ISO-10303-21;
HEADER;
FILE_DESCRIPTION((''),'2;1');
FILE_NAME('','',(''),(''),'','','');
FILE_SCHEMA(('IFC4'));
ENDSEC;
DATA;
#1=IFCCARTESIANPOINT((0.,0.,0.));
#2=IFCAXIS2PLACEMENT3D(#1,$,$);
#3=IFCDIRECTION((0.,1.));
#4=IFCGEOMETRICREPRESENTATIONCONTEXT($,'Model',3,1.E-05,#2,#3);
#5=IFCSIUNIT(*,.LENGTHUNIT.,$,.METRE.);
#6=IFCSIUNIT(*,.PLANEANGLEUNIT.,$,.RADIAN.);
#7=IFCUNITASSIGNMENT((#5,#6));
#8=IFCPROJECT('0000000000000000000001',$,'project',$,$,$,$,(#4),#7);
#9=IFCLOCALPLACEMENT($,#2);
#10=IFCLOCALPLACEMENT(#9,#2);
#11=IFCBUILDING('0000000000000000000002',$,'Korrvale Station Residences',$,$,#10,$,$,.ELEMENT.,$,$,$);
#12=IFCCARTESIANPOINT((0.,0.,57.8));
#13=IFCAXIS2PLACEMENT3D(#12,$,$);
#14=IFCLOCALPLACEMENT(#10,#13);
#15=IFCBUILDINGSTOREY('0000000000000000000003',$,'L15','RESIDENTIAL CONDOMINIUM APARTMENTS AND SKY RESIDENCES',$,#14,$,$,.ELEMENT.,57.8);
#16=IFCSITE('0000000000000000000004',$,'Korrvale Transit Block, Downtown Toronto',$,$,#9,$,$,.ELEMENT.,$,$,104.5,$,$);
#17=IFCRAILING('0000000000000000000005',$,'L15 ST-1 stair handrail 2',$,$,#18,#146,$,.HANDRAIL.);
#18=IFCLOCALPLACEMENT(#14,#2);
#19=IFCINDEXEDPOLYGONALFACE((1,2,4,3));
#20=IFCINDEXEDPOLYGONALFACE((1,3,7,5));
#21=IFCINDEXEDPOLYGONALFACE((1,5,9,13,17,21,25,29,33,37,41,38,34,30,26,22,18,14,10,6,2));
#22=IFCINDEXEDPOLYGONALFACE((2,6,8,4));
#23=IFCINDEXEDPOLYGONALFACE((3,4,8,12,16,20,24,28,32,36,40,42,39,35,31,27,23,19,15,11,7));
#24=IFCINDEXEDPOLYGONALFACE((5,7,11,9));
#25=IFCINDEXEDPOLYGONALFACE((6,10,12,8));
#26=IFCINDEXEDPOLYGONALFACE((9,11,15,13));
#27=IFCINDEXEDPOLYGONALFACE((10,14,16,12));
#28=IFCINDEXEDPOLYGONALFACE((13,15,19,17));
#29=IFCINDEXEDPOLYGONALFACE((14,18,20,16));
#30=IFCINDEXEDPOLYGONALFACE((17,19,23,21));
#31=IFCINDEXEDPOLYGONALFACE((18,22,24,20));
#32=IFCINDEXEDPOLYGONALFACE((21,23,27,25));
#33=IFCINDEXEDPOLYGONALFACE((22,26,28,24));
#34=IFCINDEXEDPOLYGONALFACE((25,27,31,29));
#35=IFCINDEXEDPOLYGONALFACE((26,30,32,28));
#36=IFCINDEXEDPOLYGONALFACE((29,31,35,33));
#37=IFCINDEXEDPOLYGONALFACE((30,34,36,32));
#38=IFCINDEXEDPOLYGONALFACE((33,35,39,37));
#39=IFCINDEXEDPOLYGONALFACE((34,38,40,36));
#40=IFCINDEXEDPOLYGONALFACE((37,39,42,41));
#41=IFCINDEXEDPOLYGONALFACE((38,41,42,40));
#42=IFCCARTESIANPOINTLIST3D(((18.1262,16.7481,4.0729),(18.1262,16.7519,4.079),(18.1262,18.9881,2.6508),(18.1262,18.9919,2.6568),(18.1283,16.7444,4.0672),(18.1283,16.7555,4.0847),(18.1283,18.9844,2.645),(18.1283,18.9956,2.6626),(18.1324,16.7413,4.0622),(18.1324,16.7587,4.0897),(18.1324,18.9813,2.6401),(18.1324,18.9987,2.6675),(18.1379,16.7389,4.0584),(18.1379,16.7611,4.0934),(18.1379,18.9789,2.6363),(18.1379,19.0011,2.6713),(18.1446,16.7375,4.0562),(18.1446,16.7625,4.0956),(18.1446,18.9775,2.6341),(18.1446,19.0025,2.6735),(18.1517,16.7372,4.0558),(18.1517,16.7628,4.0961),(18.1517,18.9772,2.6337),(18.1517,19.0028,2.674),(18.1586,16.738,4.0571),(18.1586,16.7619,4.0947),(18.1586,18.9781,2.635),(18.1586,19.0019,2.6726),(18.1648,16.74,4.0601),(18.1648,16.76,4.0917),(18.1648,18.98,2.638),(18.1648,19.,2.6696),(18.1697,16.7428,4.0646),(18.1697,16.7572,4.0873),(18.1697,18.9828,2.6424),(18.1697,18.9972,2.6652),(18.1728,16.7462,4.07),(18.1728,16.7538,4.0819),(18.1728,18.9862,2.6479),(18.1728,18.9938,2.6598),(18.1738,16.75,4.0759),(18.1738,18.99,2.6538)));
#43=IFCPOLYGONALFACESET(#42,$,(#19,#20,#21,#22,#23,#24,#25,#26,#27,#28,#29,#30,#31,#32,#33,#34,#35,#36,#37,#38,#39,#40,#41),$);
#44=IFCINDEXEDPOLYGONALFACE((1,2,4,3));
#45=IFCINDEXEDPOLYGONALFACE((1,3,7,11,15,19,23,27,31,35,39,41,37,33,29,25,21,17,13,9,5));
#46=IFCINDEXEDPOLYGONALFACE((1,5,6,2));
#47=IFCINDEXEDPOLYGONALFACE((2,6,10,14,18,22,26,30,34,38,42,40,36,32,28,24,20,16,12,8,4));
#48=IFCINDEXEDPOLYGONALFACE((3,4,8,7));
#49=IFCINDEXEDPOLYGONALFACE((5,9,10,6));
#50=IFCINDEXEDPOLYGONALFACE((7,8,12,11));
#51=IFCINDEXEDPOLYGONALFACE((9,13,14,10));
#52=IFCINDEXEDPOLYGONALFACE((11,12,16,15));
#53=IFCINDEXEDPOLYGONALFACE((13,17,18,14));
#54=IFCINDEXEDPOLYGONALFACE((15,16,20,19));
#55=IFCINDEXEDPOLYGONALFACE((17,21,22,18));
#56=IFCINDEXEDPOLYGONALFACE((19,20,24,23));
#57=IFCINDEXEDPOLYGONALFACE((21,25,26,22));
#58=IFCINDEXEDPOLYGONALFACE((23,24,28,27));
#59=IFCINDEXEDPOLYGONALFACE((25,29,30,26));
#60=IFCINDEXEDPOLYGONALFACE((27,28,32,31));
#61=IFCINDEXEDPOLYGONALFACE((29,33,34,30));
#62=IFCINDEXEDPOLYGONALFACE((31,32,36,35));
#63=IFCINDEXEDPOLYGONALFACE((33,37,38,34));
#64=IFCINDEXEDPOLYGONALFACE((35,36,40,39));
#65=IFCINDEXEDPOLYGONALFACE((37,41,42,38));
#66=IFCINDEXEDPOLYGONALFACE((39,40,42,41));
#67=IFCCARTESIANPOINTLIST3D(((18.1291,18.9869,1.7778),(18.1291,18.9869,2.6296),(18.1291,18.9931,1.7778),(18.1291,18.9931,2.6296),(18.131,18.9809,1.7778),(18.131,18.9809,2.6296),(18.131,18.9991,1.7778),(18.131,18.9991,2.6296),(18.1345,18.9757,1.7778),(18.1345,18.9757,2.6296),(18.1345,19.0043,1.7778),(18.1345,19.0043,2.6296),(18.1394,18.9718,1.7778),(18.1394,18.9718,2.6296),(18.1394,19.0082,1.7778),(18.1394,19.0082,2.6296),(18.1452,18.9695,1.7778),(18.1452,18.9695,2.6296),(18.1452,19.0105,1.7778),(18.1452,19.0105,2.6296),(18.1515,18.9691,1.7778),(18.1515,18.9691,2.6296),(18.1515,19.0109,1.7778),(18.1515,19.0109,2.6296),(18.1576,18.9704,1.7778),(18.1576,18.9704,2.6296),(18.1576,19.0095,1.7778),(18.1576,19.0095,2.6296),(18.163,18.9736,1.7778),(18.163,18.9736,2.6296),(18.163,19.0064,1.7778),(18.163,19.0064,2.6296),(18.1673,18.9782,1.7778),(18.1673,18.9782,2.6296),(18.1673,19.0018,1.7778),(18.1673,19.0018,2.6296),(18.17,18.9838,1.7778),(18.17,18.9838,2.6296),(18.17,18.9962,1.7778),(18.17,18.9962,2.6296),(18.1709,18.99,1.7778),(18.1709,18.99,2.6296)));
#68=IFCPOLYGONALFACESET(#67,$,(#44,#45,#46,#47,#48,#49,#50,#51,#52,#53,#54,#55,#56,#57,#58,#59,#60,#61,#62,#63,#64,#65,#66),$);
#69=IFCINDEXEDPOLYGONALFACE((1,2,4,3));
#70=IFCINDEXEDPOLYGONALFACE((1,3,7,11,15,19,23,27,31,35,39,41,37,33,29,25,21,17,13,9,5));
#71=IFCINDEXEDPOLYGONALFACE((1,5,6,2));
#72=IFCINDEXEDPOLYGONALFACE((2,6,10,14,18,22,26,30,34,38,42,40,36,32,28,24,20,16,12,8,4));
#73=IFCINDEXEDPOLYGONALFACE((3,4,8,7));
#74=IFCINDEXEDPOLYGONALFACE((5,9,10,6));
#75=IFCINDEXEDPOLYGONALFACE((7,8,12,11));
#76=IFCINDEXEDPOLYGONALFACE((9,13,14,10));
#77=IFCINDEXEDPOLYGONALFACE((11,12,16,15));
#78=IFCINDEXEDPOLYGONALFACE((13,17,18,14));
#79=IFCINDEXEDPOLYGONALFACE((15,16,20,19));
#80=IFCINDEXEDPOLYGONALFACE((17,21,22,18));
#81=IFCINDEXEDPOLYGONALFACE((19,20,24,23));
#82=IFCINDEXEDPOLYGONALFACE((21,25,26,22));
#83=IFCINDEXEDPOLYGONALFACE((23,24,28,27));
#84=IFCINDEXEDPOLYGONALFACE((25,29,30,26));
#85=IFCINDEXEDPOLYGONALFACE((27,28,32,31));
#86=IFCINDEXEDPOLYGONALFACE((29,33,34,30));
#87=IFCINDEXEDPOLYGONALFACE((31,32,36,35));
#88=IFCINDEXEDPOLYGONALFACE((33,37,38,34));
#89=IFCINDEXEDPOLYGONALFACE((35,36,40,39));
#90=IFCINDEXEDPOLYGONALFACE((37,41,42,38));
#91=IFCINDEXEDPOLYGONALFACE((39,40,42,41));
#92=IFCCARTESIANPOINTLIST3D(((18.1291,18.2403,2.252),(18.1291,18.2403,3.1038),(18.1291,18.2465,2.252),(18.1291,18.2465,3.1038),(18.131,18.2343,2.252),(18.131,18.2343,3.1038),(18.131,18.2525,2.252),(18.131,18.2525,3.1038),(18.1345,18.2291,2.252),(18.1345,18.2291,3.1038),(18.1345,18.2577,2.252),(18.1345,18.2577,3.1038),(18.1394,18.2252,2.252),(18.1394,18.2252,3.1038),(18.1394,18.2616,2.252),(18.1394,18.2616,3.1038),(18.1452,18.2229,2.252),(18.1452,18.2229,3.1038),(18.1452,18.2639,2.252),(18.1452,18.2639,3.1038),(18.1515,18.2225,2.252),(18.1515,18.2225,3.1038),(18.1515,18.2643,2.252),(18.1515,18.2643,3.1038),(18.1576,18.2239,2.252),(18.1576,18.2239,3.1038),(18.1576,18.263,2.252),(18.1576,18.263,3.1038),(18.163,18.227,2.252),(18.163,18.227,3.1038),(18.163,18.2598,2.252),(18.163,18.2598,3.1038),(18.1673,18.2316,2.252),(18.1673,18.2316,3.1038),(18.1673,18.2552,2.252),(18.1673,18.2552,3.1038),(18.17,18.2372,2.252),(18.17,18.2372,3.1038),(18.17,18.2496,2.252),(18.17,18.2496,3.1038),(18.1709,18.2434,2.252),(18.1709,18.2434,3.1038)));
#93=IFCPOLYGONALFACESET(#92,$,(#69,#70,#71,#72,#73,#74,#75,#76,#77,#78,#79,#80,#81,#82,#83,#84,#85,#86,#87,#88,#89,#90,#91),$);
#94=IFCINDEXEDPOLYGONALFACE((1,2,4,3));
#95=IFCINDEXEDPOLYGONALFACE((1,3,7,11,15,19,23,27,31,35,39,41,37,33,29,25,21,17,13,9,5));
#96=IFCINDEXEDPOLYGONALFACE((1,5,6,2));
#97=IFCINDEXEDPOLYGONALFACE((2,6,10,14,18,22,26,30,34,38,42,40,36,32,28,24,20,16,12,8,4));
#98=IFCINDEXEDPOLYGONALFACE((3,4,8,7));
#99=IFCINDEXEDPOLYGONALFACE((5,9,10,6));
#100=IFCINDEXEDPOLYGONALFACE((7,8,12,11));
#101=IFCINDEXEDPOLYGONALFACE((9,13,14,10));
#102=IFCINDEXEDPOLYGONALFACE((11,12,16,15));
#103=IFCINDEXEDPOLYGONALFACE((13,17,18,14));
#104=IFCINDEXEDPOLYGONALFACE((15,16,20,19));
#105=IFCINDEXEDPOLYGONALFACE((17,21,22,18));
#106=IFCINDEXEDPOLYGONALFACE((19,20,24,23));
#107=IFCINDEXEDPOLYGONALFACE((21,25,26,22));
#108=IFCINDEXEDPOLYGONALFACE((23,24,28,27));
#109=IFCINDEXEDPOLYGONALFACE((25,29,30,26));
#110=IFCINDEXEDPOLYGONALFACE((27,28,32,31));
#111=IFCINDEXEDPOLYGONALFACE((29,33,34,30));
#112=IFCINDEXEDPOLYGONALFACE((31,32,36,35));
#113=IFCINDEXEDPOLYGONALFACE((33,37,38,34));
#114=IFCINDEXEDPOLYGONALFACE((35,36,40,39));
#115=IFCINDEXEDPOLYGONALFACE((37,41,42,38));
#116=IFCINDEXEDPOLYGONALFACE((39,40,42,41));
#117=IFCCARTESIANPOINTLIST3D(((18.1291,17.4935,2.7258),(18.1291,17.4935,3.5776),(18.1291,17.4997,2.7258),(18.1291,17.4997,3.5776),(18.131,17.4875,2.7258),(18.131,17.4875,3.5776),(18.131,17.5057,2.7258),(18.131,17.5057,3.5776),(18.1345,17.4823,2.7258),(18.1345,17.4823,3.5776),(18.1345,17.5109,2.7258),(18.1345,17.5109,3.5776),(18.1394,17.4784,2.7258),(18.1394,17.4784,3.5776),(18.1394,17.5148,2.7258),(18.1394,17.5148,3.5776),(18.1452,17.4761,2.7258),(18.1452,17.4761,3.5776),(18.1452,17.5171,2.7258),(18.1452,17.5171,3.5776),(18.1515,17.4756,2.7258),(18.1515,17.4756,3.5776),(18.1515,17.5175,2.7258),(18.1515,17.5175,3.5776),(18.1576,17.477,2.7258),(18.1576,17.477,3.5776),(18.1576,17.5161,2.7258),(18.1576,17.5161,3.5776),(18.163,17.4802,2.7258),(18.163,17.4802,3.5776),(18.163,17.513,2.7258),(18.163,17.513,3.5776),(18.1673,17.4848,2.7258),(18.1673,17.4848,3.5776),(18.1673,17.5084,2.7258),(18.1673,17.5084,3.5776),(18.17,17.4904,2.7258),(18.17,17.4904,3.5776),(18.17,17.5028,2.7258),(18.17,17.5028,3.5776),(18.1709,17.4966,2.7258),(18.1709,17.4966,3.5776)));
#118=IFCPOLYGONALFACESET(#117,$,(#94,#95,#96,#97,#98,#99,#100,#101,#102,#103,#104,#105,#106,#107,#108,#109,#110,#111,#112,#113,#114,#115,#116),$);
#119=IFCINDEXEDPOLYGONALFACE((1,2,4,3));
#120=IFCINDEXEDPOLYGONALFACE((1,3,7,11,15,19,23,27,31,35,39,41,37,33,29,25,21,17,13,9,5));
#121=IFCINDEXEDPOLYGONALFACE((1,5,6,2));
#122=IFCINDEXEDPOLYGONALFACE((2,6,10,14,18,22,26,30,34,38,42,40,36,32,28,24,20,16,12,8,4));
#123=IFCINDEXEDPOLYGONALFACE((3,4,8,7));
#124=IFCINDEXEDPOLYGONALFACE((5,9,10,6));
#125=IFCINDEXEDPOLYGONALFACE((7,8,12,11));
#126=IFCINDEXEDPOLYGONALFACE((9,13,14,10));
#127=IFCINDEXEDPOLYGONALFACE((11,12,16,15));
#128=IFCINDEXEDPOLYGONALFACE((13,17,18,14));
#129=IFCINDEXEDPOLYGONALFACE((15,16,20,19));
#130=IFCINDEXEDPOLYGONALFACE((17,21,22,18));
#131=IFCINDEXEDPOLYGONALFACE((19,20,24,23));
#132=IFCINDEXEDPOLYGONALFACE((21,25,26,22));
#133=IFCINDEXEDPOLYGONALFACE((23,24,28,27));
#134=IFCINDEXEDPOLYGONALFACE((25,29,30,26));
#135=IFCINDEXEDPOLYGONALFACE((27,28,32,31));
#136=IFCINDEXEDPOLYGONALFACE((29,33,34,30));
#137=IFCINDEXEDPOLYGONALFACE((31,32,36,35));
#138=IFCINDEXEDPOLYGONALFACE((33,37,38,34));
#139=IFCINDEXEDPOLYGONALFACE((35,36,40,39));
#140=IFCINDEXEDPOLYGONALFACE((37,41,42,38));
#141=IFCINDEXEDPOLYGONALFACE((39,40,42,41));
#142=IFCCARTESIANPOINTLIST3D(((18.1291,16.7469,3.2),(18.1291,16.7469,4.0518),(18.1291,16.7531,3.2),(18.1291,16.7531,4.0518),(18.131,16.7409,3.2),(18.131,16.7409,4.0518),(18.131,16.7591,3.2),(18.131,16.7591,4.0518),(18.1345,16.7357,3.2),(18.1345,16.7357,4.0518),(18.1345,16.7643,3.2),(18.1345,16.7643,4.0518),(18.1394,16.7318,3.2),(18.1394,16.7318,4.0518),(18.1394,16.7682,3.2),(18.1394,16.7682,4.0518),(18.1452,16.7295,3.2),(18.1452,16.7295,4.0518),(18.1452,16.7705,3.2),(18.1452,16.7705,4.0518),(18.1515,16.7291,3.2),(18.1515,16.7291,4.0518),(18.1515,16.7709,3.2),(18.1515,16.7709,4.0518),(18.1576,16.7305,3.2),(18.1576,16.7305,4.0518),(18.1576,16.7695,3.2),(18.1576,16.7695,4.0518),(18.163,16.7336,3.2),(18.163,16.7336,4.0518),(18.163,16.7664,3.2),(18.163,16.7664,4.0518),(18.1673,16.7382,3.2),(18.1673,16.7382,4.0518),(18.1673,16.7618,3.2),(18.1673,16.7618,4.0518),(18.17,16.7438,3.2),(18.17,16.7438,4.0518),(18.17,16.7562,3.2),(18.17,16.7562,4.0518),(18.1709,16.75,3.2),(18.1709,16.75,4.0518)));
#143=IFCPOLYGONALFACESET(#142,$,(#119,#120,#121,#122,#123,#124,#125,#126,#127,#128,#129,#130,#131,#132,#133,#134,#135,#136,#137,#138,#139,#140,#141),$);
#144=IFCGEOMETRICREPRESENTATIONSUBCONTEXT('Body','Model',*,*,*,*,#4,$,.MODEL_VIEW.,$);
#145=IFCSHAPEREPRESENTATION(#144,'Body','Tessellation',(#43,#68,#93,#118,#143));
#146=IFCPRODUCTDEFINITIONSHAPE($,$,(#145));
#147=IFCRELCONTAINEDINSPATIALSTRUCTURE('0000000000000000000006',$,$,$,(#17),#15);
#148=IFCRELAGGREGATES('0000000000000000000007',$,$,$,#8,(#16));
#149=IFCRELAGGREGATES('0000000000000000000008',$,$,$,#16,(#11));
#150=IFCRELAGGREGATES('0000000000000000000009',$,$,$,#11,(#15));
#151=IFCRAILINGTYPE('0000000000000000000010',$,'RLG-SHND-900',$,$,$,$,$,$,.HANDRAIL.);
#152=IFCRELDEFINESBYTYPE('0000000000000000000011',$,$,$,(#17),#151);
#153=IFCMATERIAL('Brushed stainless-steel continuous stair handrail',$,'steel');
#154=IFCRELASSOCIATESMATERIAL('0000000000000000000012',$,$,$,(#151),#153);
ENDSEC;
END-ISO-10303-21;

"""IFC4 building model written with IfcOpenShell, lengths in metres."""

from ifc_helpers import new_model, si_unit, direction, frame, origin, origin_2d, place, context, subcontext, project, spatial, circle, extrude, material, type_object, element, save


model = new_model("IFC4")

# Units and contexts
model_context = context("Model", 3, precision=1e-05, world=origin(), true_north=direction((0.0, 1.0)))
body_context = subcontext(model_context, "Body", "Model", "MODEL_VIEW")
ifc_project = project(units=[si_unit("LENGTHUNIT", "METRE"), si_unit("PLANEANGLEUNIT", "RADIAN")], contexts=[model_context])

# Site, building, storey
site_placement = place(None, origin())
site = spatial("IfcSite", under=ifc_project, at=site_placement, Name="Korrvale Transit Block, Downtown Toronto", CompositionType="ELEMENT", RefElevation=104.5)
building_placement = place(site_placement, origin())
building = spatial("IfcBuilding", under=site, at=building_placement, Name="Korrvale Station Residences", CompositionType="ELEMENT")
storey_placement = place(building_placement, frame((0.0, 0.0, 57.8)))
storey = spatial("IfcBuildingStorey", under=building, at=storey_placement, Name="L15", Description="RESIDENTIAL CONDOMINIUM APARTMENTS AND SKY RESIDENCES", CompositionType="ELEMENT", Elevation=57.8)

# Railing
ifc_material_1 = material(Name="Brushed stainless-steel continuous stair handrail", Category="steel")
railing_type_1 = type_object("IfcRailingType", Name="RLG-SHND-900", PredefinedType="HANDRAIL", material=ifc_material_1)
railing_1_placement = place(storey_placement, frame((18.1499, 18.99, 1.7778)))
element("IfcRailing", 1, at=railing_1_placement, inside=storey, type_object=railing_type_1, Name="L15 ST-1 stair handrail 2", PredefinedType="HANDRAIL", context=body_context, shape_type="SweptSolid", body=[
    extrude(circle(Radius=0.0239, at=origin_2d()), frame((0.0, 0.0, 0.876), z_axis=(0.0, -0.844229, 0.535982), x_axis=(1.0, 0.0, 0.0)), (0.0, 0.0, 1.0), 2.6533),
    extrude(circle(Radius=0.021, at=origin_2d()), origin(), (0.0, 0.0, 1.0), 0.8518),
    extrude(circle(Radius=0.021, at=origin_2d()), frame((0.0, -0.7466, 0.4741)), (0.0, 0.0, 1.0), 0.8518),
    extrude(circle(Radius=0.021, at=origin_2d()), frame((0.0, -1.4934, 0.948)), (0.0, 0.0, 1.0), 0.8518),
    extrude(circle(Radius=0.021, at=origin_2d()), frame((0.0, -2.24, 1.4221)), (0.0, 0.0, 1.0), 0.8518),
])

save(model, "model.ifc")
